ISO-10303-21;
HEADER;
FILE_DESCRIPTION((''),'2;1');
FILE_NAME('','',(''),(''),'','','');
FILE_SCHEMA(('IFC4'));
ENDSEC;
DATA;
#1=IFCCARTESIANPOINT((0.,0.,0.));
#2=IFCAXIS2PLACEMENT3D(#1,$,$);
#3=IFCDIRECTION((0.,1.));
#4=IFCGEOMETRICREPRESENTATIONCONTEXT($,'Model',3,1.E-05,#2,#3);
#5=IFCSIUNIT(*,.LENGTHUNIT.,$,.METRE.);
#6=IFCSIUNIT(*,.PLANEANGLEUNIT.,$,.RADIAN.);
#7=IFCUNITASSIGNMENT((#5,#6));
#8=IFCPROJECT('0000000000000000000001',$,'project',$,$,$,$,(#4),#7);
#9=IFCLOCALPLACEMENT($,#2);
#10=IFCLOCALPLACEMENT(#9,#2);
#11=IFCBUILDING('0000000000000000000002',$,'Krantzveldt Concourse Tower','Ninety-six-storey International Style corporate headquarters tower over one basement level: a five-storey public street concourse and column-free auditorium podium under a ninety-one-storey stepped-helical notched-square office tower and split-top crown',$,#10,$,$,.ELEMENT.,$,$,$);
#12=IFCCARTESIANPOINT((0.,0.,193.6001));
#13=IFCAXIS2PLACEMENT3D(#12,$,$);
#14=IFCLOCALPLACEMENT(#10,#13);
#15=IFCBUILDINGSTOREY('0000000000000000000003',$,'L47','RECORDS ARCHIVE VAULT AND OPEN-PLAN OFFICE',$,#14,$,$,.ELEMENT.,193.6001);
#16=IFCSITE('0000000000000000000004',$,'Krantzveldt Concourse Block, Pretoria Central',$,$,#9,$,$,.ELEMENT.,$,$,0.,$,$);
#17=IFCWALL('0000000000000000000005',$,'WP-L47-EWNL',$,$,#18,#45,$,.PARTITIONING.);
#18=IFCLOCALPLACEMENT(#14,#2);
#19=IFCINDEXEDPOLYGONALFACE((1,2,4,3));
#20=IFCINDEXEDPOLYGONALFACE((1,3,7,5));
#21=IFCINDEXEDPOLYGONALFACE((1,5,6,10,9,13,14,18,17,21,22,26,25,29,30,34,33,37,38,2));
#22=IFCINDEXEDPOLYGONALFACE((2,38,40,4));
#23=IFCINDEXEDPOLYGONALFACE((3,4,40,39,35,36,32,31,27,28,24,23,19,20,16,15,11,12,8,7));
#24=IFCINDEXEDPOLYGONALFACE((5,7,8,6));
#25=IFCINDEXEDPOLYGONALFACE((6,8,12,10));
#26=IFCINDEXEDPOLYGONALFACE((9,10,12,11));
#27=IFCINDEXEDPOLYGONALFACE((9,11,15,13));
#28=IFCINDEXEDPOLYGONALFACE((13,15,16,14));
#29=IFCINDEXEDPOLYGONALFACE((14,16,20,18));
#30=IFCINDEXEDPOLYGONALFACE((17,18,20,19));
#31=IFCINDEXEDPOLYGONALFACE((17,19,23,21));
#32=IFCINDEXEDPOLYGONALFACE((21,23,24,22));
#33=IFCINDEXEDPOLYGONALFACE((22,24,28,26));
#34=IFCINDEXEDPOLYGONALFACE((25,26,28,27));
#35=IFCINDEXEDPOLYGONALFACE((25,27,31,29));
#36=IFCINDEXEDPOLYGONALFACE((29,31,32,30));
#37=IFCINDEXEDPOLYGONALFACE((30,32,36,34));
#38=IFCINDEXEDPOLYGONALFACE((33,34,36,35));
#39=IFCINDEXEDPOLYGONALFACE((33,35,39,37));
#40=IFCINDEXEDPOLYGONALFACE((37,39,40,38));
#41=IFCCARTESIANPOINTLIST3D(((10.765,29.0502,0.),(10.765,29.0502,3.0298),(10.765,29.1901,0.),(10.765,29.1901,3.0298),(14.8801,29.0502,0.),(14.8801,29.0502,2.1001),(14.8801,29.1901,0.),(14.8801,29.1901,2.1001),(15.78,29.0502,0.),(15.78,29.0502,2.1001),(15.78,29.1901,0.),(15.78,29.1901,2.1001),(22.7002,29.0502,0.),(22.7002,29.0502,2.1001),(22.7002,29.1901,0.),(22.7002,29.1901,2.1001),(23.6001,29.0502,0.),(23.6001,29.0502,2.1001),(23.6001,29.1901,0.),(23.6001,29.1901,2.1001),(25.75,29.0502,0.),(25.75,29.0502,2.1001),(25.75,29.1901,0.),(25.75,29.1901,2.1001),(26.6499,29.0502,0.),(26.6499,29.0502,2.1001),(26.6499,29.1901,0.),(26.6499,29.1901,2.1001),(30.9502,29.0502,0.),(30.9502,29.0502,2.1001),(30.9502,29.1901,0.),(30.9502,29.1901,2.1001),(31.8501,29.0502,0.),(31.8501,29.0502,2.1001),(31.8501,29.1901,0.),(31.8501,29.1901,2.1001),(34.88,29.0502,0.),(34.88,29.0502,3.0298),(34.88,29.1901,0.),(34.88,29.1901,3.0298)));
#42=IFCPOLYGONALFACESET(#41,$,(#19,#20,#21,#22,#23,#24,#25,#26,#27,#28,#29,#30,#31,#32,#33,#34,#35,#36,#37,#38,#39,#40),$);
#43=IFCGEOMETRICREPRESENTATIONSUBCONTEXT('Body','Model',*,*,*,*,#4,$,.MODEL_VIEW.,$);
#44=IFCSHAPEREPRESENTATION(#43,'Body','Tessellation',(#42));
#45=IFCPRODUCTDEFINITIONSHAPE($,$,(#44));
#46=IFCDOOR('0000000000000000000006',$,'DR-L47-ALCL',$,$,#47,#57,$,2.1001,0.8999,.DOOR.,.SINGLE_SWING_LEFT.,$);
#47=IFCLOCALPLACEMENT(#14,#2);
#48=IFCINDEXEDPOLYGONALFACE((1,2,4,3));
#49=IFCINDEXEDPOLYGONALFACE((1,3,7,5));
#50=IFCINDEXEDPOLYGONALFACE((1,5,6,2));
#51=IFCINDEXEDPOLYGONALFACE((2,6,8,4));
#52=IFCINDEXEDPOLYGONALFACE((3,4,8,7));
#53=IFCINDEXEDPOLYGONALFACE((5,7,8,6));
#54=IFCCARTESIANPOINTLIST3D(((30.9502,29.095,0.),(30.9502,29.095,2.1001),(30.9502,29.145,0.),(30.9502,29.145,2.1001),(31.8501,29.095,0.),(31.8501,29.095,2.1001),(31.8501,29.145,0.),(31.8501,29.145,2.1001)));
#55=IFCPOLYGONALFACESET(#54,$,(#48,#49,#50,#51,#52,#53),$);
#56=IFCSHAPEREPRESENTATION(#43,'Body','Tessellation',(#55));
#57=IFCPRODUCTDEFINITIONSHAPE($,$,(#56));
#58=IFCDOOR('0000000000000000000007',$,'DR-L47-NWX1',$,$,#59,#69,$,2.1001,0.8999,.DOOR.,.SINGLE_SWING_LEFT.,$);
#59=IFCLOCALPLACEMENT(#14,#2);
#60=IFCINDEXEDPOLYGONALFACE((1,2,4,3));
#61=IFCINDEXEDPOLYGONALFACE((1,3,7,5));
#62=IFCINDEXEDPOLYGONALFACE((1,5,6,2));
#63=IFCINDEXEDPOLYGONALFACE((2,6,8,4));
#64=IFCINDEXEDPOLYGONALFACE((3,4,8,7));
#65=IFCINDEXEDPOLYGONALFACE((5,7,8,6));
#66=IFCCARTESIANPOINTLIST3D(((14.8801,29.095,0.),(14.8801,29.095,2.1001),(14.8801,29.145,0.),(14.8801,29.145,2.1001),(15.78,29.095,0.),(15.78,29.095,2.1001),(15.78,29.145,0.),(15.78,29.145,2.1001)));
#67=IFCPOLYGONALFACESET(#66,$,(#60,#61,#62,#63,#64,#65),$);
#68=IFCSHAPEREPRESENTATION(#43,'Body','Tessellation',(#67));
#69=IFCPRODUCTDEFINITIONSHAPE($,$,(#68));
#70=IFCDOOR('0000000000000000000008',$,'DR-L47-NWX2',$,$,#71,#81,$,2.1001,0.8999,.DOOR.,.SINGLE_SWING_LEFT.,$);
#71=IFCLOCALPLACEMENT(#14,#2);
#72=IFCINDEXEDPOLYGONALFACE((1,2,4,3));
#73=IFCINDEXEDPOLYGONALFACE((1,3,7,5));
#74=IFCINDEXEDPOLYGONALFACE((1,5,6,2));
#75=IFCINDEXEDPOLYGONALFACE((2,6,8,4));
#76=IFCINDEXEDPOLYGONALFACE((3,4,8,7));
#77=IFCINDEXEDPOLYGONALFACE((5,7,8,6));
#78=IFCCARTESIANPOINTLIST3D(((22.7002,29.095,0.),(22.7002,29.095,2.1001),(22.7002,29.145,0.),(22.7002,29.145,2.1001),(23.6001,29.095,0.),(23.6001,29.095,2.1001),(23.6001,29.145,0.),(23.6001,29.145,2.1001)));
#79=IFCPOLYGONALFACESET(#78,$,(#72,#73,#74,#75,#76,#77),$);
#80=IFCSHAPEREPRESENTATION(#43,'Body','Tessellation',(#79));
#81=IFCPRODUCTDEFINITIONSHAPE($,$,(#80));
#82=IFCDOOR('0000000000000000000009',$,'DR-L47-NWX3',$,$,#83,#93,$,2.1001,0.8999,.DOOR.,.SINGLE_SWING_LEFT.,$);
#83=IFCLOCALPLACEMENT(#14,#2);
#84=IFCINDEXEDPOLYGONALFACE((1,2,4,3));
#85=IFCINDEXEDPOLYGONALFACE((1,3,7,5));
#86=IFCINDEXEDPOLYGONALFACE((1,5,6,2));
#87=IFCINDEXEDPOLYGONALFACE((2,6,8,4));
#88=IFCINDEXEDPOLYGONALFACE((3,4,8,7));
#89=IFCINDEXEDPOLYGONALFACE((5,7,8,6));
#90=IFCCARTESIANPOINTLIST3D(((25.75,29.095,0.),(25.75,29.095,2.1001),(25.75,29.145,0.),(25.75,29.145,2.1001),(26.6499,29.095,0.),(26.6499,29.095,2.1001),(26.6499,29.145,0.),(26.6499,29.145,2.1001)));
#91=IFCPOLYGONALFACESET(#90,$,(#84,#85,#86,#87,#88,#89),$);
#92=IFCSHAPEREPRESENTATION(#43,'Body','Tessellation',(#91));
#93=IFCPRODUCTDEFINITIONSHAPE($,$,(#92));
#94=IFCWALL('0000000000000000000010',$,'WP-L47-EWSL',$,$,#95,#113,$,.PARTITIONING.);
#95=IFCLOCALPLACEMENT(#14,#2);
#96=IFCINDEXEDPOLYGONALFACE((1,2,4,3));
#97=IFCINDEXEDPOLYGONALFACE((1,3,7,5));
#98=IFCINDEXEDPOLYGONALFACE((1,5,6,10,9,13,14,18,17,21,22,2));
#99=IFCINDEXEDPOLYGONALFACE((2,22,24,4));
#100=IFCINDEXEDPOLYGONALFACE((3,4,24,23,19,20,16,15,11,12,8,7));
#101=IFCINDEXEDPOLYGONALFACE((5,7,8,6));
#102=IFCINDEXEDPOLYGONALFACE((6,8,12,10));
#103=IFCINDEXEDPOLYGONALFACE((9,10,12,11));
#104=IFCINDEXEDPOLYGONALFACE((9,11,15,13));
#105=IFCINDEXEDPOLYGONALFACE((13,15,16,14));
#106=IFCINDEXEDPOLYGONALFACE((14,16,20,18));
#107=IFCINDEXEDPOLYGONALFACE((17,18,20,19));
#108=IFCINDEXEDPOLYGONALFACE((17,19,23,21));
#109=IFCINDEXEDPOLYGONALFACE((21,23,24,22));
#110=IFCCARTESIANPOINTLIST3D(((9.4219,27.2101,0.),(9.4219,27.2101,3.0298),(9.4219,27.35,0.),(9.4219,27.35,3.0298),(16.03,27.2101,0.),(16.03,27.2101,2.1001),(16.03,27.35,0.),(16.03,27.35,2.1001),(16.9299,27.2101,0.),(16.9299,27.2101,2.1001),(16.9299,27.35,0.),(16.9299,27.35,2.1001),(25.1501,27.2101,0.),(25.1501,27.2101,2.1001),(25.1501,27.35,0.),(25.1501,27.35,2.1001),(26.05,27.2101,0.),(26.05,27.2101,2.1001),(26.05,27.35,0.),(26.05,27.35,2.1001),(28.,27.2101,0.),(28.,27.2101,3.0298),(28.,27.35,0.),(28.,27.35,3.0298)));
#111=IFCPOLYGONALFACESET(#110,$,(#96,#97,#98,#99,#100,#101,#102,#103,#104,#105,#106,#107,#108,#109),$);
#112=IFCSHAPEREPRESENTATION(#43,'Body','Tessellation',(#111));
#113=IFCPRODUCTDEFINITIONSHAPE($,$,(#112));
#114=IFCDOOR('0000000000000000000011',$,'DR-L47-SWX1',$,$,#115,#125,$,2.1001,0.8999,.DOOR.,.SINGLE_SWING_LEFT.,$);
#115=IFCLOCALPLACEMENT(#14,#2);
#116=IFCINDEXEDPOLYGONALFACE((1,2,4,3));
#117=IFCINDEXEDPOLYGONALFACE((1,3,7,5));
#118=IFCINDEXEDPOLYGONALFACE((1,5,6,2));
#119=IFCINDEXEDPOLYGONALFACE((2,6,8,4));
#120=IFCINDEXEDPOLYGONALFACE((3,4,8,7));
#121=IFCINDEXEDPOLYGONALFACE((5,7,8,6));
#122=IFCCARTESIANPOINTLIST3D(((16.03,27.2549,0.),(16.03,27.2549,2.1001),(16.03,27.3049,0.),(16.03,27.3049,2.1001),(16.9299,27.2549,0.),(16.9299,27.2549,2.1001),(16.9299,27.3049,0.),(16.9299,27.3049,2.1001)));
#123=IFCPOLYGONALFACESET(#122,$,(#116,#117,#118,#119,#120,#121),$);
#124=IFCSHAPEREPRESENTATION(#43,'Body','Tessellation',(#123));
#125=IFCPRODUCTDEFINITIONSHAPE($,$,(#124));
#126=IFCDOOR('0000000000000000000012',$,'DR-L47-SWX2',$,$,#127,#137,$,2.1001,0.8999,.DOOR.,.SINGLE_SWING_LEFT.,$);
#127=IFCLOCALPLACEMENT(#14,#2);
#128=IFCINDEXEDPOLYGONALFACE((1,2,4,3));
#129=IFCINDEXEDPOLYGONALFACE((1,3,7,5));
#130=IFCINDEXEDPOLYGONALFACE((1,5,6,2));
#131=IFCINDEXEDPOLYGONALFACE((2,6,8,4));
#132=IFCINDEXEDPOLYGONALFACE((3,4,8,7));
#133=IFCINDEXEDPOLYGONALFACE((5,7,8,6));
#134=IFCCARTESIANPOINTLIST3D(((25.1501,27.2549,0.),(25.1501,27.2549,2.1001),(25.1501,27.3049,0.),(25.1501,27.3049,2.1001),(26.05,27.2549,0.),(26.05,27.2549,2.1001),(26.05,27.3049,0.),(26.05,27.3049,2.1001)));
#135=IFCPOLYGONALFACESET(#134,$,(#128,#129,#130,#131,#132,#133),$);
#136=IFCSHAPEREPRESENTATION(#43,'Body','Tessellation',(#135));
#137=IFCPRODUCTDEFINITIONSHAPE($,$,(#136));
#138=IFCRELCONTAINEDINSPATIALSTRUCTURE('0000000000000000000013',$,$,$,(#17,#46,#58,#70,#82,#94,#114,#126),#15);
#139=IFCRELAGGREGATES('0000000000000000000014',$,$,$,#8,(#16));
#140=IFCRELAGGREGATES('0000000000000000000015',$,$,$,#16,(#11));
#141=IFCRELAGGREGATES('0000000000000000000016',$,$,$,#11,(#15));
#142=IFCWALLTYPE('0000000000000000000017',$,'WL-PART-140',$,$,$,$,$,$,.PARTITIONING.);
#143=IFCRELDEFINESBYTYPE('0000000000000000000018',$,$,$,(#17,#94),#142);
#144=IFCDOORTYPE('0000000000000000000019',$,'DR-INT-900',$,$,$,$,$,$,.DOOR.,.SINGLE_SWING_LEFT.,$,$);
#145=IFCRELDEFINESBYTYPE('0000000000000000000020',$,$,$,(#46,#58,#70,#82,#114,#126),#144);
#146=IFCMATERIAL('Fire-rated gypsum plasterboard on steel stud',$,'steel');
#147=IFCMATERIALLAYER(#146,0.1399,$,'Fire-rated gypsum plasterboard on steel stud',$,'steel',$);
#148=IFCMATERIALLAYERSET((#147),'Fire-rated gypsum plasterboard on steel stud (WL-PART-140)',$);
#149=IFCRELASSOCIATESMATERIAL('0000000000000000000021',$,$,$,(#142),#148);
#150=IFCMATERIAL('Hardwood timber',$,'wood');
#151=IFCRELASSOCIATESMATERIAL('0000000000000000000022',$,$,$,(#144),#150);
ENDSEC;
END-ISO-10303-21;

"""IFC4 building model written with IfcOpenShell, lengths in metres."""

from ifc_helpers import new_model, si_unit, direction, frame, frame_2d, origin, place, context, subcontext, project, spatial, rectangle, extrude, material, layer, layer_set, type_object, element, fill, save


model = new_model("IFC4")

# Units and contexts
model_context = context("Model", 3, precision=1e-05, world=origin(), true_north=direction((0.0, 1.0)))
body_context = subcontext(model_context, "Body", "Model", "MODEL_VIEW")
ifc_project = project(units=[si_unit("LENGTHUNIT", "METRE"), si_unit("PLANEANGLEUNIT", "RADIAN")], contexts=[model_context])

# Site, building, storey
site_placement = place(None, origin())
site = spatial("IfcSite", under=ifc_project, at=site_placement, Name="Krantzveldt Concourse Block, Pretoria Central", CompositionType="ELEMENT", RefElevation=0.0)
building_placement = place(site_placement, origin())
building = spatial("IfcBuilding", under=site, at=building_placement, Name="Krantzveldt Concourse Tower", Description="Ninety-six-storey International Style corporate headquarters tower over one basement level: a five-storey public street concourse and column-free auditorium podium under a ninety-one-storey stepped-helical notched-square office tower and split-top crown", CompositionType="ELEMENT")
storey_placement = place(building_placement, frame((0.0, 0.0, 193.6001)))
storey = spatial("IfcBuildingStorey", under=building, at=storey_placement, Name="L47", Description="RECORDS ARCHIVE VAULT AND OPEN-PLAN OFFICE", CompositionType="ELEMENT", Elevation=193.6001)

# Walls, openings, doors
ifc_material_1 = material(Name="Fire-rated gypsum plasterboard on steel stud", Category="steel")
ifc_layer_1 = layer(ifc_material_1, 0.1399, Name="Fire-rated gypsum plasterboard on steel stud", Category="steel")
ifc_layer_set_1 = layer_set([ifc_layer_1], Name="Fire-rated gypsum plasterboard on steel stud (WL-PART-140)")
wall_type_1 = type_object("IfcWallType", Name="WL-PART-140", PredefinedType="PARTITIONING", material=ifc_layer_set_1)
wall_1_placement = place(storey_placement, frame((10.7649, 29.1201, 0.0), z_axis=(0.0, 0.0, 1.0), x_axis=(1.0, 0.0, 0.0)))
wall_1 = element("IfcWall", 1, at=wall_1_placement, inside=storey, type_object=wall_type_1, Name="WP-L47-EWNL", PredefinedType="PARTITIONING", context=body_context, shape_type="SweptSolid", body=[
    extrude(rectangle(XDim=24.115, YDim=0.1399, at=frame_2d((12.0576, 0.0))), origin(), (0.0, 0.0, 1.0), 3.0298),
])
opening_1_placement = place(wall_1_placement, frame((20.1853, 0.0, 0.0)))
opening_1 = element("IfcOpeningElement", 2, at=opening_1_placement, cuts=wall_1, PredefinedType="OPENING", context=body_context, shape_type="SweptSolid", body=[
    extrude(rectangle(XDim=0.8999, YDim=2.1001, at=frame_2d((0.45, 1.05))), frame((0.0, 0.0801, 0.0), z_axis=(0.0, -1.0, 0.0), x_axis=(1.0, 0.0, 0.0)), (0.0, 0.0, 1.0), 0.1599),
])
opening_2_placement = place(wall_1_placement, frame((4.1152, 0.0, 0.0)))
opening_2 = element("IfcOpeningElement", 3, at=opening_2_placement, cuts=wall_1, PredefinedType="OPENING", context=body_context, shape_type="SweptSolid", body=[
    extrude(rectangle(XDim=0.8999, YDim=2.1001, at=frame_2d((0.45, 1.05))), frame((0.0, 0.0801, 0.0), z_axis=(0.0, -1.0, 0.0), x_axis=(1.0, 0.0, 0.0)), (0.0, 0.0, 1.0), 0.1599),
])
opening_3_placement = place(wall_1_placement, frame((11.9353, 0.0, 0.0)))
opening_3 = element("IfcOpeningElement", 4, at=opening_3_placement, cuts=wall_1, PredefinedType="OPENING", context=body_context, shape_type="SweptSolid", body=[
    extrude(rectangle(XDim=0.8999, YDim=2.1001, at=frame_2d((0.45, 1.05))), frame((0.0, 0.0801, 0.0), z_axis=(0.0, -1.0, 0.0), x_axis=(1.0, 0.0, 0.0)), (0.0, 0.0, 1.0), 0.1599),
])
opening_4_placement = place(wall_1_placement, frame((14.9851, 0.0, 0.0)))
opening_4 = element("IfcOpeningElement", 5, at=opening_4_placement, cuts=wall_1, PredefinedType="OPENING", context=body_context, shape_type="SweptSolid", body=[
    extrude(rectangle(XDim=0.8999, YDim=2.1001, at=frame_2d((0.45, 1.05))), frame((0.0, 0.0801, 0.0), z_axis=(0.0, -1.0, 0.0), x_axis=(1.0, 0.0, 0.0)), (0.0, 0.0, 1.0), 0.1599),
])
ifc_material_2 = material(Name="Hardwood timber", Category="wood")
door_type = type_object("IfcDoorType", Name="DR-INT-900", OperationType="SINGLE_SWING_LEFT", PredefinedType="DOOR", material=ifc_material_2)
door_1_placement = place(opening_1_placement, origin())
door_1 = element("IfcDoor", 6, at=door_1_placement, inside=storey, type_object=door_type, Name="DR-L47-ALCL", OperationType="SINGLE_SWING_LEFT", OverallHeight=2.1001, OverallWidth=0.8999, PredefinedType="DOOR", context=body_context, shape_type="SweptSolid", body=[
    extrude(rectangle(XDim=0.8999, YDim=2.1001, at=frame_2d((0.45, 1.05))), frame((0.0, 0.0249, 0.0), z_axis=(0.0, -1.0, 0.0), x_axis=(1.0, 0.0, 0.0)), (0.0, 0.0, 1.0), 0.05),
])
fill(opening_1, door_1)
door_2_placement = place(opening_2_placement, origin())
door_2 = element("IfcDoor", 7, at=door_2_placement, inside=storey, type_object=door_type, Name="DR-L47-NWX1", OperationType="SINGLE_SWING_LEFT", OverallHeight=2.1001, OverallWidth=0.8999, PredefinedType="DOOR", context=body_context, shape_type="SweptSolid", body=[
    extrude(rectangle(XDim=0.8999, YDim=2.1001, at=frame_2d((0.45, 1.05))), frame((0.0, 0.0249, 0.0), z_axis=(0.0, -1.0, 0.0), x_axis=(1.0, 0.0, 0.0)), (0.0, 0.0, 1.0), 0.05),
])
fill(opening_2, door_2)
door_3_placement = place(opening_3_placement, origin())
door_3 = element("IfcDoor", 8, at=door_3_placement, inside=storey, type_object=door_type, Name="DR-L47-NWX2", OperationType="SINGLE_SWING_LEFT", OverallHeight=2.1001, OverallWidth=0.8999, PredefinedType="DOOR", context=body_context, shape_type="SweptSolid", body=[
    extrude(rectangle(XDim=0.8999, YDim=2.1001, at=frame_2d((0.45, 1.05))), frame((0.0, 0.0249, 0.0), z_axis=(0.0, -1.0, 0.0), x_axis=(1.0, 0.0, 0.0)), (0.0, 0.0, 1.0), 0.05),
])
fill(opening_3, door_3)
door_4_placement = place(opening_4_placement, origin())
door_4 = element("IfcDoor", 9, at=door_4_placement, inside=storey, type_object=door_type, Name="DR-L47-NWX3", OperationType="SINGLE_SWING_LEFT", OverallHeight=2.1001, OverallWidth=0.8999, PredefinedType="DOOR", context=body_context, shape_type="SweptSolid", body=[
    extrude(rectangle(XDim=0.8999, YDim=2.1001, at=frame_2d((0.45, 1.05))), frame((0.0, 0.0249, 0.0), z_axis=(0.0, -1.0, 0.0), x_axis=(1.0, 0.0, 0.0)), (0.0, 0.0, 1.0), 0.05),
])
fill(opening_4, door_4)
wall_2_placement = place(storey_placement, frame((9.4219, 27.28, 0.0), z_axis=(0.0, 0.0, 1.0), x_axis=(1.0, 0.0, 0.0)))
wall_2 = element("IfcWall", 10, at=wall_2_placement, inside=storey, type_object=wall_type_1, Name="WP-L47-EWSL", PredefinedType="PARTITIONING", context=body_context, shape_type="SweptSolid", body=[
    extrude(rectangle(XDim=18.5781, YDim=0.1399, at=frame_2d((9.2891, 0.0))), origin(), (0.0, 0.0, 1.0), 3.0298),
])
opening_5_placement = place(wall_2_placement, frame((6.6082, 0.0, 0.0)))
opening_5 = element("IfcOpeningElement", 11, at=opening_5_placement, cuts=wall_2, PredefinedType="OPENING", context=body_context, shape_type="SweptSolid", body=[
    extrude(rectangle(XDim=0.8999, YDim=2.1001, at=frame_2d((0.45, 1.05))), frame((0.0, 0.0801, 0.0), z_axis=(0.0, -1.0, 0.0), x_axis=(1.0, 0.0, 0.0)), (0.0, 0.0, 1.0), 0.1599),
])
opening_6_placement = place(wall_2_placement, frame((15.7283, 0.0, 0.0)))
opening_6 = element("IfcOpeningElement", 12, at=opening_6_placement, cuts=wall_2, PredefinedType="OPENING", context=body_context, shape_type="SweptSolid", body=[
    extrude(rectangle(XDim=0.8999, YDim=2.1001, at=frame_2d((0.45, 1.05))), frame((0.0, 0.0801, 0.0), z_axis=(0.0, -1.0, 0.0), x_axis=(1.0, 0.0, 0.0)), (0.0, 0.0, 1.0), 0.1599),
])
door_5_placement = place(opening_5_placement, origin())
door_5 = element("IfcDoor", 13, at=door_5_placement, inside=storey, type_object=door_type, Name="DR-L47-SWX1", OperationType="SINGLE_SWING_LEFT", OverallHeight=2.1001, OverallWidth=0.8999, PredefinedType="DOOR", context=body_context, shape_type="SweptSolid", body=[
    extrude(rectangle(XDim=0.8999, YDim=2.1001, at=frame_2d((0.45, 1.05))), frame((0.0, 0.0249, 0.0), z_axis=(0.0, -1.0, 0.0), x_axis=(1.0, 0.0, 0.0)), (0.0, 0.0, 1.0), 0.05),
])
fill(opening_5, door_5)
door_6_placement = place(opening_6_placement, origin())
door_6 = element("IfcDoor", 14, at=door_6_placement, inside=storey, type_object=door_type, Name="DR-L47-SWX2", OperationType="SINGLE_SWING_LEFT", OverallHeight=2.1001, OverallWidth=0.8999, PredefinedType="DOOR", context=body_context, shape_type="SweptSolid", body=[
    extrude(rectangle(XDim=0.8999, YDim=2.1001, at=frame_2d((0.45, 1.05))), frame((0.0, 0.0249, 0.0), z_axis=(0.0, -1.0, 0.0), x_axis=(1.0, 0.0, 0.0)), (0.0, 0.0, 1.0), 0.05),
])
fill(opening_6, door_6)

save(model, "model.ifc")
